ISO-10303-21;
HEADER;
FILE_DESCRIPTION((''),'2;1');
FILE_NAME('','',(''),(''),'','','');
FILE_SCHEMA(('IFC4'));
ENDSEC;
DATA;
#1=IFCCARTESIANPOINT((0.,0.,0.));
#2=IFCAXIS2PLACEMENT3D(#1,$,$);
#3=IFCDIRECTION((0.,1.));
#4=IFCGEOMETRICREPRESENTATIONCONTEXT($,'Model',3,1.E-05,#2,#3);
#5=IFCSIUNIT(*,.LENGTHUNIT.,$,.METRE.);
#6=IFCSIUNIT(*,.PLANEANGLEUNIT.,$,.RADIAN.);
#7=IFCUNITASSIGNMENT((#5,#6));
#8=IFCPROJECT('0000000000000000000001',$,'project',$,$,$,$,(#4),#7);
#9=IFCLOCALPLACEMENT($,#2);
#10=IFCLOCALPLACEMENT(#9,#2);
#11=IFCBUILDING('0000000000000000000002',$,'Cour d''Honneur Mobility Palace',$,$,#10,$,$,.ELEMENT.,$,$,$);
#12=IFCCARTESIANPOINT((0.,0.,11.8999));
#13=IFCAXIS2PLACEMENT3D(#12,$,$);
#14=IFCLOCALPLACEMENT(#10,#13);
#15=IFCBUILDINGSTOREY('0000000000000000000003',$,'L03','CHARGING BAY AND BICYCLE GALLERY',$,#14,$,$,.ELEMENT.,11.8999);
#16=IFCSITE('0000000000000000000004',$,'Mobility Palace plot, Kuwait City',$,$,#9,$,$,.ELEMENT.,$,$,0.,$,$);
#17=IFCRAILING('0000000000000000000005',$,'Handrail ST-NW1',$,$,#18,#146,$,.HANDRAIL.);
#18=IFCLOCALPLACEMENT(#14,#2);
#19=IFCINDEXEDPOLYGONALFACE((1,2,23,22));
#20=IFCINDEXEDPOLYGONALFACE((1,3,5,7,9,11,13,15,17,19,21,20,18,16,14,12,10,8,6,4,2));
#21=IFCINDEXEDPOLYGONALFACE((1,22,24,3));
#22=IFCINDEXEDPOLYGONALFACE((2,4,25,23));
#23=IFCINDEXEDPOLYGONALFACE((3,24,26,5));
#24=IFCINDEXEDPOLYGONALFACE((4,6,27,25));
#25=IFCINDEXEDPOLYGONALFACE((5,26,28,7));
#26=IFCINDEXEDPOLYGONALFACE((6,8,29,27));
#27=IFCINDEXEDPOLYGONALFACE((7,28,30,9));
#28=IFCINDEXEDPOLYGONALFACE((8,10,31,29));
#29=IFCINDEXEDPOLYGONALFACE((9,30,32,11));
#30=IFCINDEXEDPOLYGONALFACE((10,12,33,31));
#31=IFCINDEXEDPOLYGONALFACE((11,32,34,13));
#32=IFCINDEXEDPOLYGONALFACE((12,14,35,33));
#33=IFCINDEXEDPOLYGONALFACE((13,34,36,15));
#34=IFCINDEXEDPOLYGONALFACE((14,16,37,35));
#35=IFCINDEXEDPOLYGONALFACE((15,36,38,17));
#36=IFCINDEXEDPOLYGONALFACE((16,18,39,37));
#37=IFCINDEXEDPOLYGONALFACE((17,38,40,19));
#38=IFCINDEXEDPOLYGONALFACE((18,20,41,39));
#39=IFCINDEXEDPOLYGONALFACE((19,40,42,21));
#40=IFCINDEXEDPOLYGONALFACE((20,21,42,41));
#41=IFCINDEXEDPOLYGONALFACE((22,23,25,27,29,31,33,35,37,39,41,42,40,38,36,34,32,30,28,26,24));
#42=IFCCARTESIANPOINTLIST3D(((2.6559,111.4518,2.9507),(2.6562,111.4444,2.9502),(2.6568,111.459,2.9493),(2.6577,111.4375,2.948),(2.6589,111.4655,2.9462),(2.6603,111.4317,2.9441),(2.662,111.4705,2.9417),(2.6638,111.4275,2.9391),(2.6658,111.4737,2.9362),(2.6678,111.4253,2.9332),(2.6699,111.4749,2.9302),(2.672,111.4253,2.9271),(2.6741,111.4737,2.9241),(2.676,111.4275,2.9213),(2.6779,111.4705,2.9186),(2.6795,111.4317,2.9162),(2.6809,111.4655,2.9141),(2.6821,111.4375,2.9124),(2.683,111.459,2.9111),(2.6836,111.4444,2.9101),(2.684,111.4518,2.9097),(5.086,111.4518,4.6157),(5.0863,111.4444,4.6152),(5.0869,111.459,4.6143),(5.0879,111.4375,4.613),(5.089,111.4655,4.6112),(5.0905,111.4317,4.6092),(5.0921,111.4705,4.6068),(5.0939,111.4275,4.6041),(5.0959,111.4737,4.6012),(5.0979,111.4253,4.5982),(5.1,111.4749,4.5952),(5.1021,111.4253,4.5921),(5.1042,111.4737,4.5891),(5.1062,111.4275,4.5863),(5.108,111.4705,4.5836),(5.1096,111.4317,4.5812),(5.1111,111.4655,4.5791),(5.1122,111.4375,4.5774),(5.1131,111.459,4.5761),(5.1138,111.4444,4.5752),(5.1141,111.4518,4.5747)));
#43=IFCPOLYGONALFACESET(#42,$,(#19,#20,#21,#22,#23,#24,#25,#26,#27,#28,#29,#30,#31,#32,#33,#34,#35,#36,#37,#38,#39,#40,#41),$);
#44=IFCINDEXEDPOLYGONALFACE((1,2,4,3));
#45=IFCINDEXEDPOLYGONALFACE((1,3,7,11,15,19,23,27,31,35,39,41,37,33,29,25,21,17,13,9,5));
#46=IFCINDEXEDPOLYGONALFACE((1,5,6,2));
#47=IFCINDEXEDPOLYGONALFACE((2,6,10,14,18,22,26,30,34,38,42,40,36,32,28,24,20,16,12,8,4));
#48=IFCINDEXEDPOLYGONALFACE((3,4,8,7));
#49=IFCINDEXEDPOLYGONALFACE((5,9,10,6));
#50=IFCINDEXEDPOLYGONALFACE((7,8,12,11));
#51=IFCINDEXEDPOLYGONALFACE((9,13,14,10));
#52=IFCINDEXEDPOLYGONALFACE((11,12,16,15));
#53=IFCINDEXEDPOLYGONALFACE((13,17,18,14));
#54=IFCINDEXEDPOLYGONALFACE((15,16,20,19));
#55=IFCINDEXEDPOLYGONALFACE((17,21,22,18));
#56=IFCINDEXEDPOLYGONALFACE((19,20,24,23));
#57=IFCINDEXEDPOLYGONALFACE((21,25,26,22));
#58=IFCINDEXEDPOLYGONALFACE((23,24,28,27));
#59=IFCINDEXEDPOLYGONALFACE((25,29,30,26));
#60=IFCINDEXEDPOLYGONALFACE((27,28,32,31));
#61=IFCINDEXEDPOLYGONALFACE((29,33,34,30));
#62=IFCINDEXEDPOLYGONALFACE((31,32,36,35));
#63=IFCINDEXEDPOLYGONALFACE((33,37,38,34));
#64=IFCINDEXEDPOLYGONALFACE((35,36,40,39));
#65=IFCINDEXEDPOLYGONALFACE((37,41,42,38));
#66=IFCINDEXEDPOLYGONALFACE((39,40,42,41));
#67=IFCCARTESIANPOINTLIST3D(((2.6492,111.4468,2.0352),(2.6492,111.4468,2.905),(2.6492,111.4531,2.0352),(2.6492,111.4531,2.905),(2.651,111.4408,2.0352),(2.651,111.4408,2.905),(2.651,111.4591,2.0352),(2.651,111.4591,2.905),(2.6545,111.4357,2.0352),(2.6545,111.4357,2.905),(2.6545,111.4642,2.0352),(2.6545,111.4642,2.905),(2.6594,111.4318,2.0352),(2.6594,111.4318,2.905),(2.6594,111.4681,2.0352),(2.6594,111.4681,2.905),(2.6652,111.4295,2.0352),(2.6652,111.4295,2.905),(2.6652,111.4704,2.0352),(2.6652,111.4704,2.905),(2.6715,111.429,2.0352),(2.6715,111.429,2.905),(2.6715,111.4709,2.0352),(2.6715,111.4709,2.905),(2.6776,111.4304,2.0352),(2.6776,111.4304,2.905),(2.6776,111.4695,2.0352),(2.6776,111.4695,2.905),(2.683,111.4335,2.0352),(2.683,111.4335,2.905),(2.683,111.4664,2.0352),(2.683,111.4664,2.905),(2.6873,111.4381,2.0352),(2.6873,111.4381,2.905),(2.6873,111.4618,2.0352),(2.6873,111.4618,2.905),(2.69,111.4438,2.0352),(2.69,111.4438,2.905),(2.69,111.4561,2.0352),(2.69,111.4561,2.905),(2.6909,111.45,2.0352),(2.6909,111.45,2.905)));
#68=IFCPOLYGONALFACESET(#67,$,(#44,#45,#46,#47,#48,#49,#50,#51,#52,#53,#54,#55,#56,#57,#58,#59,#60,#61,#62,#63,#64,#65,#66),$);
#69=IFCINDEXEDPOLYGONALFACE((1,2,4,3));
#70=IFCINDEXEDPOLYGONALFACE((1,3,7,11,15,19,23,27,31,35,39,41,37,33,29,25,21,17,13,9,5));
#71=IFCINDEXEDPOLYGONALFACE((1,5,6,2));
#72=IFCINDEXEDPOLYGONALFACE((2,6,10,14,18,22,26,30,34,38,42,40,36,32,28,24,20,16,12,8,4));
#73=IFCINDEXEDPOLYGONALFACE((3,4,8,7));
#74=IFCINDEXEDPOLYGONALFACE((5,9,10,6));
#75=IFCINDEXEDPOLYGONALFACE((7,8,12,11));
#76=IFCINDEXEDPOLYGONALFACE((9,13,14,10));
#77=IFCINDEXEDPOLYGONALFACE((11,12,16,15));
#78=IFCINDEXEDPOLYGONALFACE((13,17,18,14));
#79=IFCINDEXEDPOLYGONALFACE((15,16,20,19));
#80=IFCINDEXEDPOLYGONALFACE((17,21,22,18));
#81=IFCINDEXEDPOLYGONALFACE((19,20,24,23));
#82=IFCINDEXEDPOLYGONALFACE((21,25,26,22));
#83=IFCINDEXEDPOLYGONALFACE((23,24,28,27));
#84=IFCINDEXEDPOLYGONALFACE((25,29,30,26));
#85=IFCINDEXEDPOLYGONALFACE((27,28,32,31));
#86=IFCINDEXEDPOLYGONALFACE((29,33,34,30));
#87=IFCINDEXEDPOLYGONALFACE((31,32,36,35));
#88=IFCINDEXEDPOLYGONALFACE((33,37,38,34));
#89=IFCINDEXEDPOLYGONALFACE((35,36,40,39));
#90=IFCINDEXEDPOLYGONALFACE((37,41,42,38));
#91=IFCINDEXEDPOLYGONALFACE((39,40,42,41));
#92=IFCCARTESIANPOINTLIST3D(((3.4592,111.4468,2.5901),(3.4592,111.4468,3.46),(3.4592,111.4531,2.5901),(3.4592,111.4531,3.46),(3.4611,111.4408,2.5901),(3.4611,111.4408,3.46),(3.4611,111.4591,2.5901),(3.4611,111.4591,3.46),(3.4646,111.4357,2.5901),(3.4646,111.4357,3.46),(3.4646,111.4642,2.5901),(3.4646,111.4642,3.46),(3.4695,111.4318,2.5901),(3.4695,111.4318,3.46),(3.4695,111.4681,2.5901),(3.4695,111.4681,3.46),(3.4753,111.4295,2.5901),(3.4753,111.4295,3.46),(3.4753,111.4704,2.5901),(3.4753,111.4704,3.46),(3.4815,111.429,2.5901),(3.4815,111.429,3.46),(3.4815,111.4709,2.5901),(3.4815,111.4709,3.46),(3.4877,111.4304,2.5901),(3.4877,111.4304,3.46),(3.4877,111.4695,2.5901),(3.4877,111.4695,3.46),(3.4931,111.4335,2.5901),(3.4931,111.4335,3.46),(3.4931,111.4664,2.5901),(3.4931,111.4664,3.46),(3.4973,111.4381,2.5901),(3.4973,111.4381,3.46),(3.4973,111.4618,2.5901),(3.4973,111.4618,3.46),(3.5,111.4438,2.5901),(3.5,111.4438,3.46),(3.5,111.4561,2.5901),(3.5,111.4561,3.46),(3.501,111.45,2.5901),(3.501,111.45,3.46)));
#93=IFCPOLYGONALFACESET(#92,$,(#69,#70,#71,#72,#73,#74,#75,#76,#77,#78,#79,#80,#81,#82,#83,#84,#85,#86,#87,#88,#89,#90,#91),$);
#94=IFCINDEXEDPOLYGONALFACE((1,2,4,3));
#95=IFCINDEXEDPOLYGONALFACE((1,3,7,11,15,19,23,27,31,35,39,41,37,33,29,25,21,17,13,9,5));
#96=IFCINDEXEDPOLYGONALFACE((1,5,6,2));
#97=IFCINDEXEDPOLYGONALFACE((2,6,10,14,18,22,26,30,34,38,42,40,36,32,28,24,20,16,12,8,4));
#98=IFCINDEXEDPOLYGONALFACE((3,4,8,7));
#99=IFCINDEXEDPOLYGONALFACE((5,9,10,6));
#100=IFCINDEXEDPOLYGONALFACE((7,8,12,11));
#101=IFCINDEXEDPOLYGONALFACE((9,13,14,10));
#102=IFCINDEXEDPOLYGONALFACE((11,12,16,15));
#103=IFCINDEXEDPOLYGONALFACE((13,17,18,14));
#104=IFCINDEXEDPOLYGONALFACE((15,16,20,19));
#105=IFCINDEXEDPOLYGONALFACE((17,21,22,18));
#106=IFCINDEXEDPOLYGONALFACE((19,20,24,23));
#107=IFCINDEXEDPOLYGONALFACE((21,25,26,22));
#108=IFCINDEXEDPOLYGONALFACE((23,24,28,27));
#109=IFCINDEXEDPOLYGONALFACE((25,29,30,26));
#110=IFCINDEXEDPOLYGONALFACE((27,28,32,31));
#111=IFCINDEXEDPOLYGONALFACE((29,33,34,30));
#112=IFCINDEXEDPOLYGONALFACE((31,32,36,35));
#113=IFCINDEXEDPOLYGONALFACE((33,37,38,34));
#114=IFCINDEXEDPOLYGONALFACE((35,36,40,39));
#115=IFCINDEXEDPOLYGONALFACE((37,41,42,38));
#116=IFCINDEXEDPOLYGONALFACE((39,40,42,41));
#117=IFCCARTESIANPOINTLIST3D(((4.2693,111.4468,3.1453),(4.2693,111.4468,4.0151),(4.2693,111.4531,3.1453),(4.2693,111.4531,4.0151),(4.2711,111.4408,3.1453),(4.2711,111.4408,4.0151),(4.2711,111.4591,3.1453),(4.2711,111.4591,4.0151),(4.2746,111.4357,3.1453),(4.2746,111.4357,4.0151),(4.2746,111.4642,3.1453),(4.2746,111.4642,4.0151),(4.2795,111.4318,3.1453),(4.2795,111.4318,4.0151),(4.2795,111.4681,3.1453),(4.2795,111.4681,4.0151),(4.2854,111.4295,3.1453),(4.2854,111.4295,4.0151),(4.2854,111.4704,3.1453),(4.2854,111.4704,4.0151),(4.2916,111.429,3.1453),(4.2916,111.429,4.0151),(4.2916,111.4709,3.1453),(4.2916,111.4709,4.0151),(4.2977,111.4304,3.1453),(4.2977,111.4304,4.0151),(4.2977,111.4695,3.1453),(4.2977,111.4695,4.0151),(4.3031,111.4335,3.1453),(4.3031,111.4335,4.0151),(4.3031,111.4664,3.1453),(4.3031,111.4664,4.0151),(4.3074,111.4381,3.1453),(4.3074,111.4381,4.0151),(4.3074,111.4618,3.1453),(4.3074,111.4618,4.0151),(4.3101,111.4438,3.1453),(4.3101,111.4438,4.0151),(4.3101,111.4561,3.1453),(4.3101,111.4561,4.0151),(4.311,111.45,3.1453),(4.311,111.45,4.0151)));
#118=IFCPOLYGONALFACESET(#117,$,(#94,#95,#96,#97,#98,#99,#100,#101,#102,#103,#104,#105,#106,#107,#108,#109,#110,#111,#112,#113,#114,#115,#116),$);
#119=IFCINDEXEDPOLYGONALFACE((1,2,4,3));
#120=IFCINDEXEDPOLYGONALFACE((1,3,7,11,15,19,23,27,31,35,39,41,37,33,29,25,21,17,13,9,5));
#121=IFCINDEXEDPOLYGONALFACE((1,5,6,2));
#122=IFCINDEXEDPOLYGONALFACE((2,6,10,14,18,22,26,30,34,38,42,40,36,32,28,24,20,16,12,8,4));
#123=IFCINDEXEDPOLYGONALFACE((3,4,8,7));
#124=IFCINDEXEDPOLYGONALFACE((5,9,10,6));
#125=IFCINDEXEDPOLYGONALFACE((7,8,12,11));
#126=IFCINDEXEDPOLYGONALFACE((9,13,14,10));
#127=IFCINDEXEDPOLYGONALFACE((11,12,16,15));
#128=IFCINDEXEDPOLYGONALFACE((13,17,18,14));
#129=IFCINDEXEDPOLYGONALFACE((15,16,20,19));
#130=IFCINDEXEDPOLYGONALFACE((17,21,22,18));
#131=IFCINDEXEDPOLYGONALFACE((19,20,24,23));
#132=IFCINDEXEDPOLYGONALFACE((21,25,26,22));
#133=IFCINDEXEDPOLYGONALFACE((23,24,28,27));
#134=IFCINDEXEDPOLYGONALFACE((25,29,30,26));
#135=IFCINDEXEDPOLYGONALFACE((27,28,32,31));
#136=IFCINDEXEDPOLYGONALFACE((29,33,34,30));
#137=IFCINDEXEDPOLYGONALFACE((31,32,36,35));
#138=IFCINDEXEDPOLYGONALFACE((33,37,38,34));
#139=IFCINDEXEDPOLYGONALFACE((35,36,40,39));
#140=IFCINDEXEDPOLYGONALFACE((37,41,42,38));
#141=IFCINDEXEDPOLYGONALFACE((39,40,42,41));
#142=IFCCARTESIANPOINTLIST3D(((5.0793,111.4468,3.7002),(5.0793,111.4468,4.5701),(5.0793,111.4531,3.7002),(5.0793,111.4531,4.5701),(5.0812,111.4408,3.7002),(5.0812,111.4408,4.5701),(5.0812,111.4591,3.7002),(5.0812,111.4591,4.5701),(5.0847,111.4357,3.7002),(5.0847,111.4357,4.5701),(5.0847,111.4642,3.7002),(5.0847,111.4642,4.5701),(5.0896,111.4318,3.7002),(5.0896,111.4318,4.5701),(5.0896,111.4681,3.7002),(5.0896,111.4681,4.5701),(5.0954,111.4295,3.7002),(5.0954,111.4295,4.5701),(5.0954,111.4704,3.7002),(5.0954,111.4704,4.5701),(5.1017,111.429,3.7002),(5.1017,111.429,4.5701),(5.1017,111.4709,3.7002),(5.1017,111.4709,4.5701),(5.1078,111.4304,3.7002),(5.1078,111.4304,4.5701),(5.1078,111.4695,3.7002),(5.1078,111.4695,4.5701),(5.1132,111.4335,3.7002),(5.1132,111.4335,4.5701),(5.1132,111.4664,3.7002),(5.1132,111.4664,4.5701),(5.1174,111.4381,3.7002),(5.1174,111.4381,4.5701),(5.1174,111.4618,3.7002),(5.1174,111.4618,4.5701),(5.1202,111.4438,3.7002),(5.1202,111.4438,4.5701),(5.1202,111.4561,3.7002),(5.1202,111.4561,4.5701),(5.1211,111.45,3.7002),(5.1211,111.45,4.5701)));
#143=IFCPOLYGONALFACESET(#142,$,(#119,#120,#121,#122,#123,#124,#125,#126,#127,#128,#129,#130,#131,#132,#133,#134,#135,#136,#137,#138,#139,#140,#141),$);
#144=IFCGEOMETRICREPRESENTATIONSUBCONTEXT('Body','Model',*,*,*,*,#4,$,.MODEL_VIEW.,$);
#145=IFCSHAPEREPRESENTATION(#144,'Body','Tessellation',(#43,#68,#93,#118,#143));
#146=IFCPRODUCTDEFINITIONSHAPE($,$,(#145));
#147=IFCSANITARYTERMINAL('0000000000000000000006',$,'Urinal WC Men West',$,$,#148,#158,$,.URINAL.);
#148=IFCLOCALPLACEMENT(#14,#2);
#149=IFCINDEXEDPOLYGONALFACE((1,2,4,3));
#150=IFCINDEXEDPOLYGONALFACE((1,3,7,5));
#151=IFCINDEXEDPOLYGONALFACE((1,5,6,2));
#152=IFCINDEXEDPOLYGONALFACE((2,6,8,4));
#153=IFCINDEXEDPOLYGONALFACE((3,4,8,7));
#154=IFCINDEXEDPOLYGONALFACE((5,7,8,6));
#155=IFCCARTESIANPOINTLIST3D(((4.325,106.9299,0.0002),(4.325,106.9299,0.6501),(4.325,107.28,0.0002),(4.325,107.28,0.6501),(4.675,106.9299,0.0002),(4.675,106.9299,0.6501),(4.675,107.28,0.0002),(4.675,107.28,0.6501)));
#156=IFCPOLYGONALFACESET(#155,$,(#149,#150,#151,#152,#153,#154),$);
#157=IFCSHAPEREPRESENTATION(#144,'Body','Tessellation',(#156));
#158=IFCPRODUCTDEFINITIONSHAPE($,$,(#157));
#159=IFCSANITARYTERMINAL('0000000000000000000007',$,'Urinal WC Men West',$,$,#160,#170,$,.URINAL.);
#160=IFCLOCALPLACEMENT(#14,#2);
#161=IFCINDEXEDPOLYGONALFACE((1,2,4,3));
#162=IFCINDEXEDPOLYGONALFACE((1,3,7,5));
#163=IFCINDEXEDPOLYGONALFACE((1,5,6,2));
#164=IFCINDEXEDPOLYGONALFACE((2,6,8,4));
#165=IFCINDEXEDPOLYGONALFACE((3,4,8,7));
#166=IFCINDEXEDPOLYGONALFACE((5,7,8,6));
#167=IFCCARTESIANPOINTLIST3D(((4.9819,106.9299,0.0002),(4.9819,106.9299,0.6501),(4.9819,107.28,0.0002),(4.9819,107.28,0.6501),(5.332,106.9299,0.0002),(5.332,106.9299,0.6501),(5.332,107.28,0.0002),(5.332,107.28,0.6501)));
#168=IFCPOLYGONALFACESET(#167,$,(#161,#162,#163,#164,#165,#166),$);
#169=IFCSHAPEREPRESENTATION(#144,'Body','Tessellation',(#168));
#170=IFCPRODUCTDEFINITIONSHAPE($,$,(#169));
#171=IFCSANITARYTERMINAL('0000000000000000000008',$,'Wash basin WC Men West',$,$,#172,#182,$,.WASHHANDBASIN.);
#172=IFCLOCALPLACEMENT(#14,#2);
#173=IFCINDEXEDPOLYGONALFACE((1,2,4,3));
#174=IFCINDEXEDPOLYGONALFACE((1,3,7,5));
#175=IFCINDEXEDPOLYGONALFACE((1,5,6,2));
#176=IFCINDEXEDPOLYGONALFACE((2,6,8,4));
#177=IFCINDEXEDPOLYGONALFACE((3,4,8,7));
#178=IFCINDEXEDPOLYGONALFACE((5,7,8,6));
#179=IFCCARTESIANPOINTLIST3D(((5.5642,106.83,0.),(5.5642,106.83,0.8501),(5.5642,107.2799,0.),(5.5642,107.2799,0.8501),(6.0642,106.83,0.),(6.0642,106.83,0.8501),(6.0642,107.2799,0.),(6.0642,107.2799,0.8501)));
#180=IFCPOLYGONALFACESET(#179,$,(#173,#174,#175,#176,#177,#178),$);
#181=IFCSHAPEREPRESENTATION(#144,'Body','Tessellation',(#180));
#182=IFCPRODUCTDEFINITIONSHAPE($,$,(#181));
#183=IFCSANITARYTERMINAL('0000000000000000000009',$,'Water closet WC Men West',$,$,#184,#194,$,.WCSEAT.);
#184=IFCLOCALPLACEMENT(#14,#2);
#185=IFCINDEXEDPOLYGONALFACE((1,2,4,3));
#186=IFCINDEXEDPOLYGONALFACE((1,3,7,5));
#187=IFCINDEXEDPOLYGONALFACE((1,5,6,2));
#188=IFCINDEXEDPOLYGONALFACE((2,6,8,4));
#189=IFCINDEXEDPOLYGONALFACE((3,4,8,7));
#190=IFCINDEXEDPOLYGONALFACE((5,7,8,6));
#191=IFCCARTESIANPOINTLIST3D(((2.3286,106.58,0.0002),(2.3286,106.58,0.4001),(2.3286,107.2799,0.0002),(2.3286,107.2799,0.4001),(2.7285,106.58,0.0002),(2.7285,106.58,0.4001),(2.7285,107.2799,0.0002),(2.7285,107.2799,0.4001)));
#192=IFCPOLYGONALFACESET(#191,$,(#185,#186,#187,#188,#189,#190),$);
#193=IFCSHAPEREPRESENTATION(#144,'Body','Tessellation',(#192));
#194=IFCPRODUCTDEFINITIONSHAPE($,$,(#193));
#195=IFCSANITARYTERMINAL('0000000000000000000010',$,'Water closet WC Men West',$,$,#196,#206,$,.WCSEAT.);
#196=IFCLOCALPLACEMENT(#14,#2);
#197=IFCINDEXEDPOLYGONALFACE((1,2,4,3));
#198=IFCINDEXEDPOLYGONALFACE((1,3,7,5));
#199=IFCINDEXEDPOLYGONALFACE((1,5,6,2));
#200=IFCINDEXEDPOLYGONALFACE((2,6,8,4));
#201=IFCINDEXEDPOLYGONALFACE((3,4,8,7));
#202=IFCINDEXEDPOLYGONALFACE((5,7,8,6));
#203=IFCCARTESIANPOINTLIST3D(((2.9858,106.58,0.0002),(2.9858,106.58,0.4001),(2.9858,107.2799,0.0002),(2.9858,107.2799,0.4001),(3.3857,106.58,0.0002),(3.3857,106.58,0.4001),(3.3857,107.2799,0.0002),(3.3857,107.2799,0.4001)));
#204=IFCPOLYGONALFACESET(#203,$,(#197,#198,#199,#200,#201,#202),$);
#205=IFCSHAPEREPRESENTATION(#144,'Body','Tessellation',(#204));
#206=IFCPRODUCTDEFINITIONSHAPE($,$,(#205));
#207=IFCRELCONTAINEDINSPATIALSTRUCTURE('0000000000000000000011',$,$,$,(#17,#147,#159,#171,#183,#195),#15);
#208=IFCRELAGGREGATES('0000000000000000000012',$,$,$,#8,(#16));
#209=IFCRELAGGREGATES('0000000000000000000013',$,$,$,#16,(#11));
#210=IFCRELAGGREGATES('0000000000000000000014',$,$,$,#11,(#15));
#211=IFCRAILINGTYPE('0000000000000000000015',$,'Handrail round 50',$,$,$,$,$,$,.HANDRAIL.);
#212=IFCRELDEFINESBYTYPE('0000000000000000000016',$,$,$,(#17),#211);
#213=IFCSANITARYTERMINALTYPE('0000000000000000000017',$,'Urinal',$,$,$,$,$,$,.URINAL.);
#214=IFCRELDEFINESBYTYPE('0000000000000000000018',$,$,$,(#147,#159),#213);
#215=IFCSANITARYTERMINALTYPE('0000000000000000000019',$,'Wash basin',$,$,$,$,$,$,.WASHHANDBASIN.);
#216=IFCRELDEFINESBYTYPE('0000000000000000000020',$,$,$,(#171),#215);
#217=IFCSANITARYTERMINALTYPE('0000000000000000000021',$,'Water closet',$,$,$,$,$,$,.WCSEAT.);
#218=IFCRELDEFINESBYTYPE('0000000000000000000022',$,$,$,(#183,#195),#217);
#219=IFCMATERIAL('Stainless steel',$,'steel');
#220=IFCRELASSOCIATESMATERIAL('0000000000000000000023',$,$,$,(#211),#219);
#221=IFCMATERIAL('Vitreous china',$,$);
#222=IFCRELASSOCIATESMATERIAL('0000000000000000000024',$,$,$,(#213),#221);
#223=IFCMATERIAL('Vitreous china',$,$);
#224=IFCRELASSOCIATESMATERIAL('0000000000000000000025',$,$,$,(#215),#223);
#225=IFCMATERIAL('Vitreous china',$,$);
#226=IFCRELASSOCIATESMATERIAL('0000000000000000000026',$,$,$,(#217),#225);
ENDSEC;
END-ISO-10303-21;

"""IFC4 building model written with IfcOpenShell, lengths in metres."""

from ifc_helpers import new_model, si_unit, direction, frame, origin, origin_2d, place, context, subcontext, project, spatial, rectangle, circle, extrude, material, type_object, element, save


model = new_model("IFC4")

# Units and contexts
model_context = context("Model", 3, precision=1e-05, world=origin(), true_north=direction((0.0, 1.0)))
body_context = subcontext(model_context, "Body", "Model", "MODEL_VIEW")
ifc_project = project(units=[si_unit("LENGTHUNIT", "METRE"), si_unit("PLANEANGLEUNIT", "RADIAN")], contexts=[model_context])

# Site, building, storey
site_placement = place(None, origin())
site = spatial("IfcSite", under=ifc_project, at=site_placement, Name="Mobility Palace plot, Kuwait City", CompositionType="ELEMENT", RefElevation=0.0)
building_placement = place(site_placement, origin())
building = spatial("IfcBuilding", under=site, at=building_placement, Name="Cour d'Honneur Mobility Palace", CompositionType="ELEMENT")
storey_placement = place(building_placement, frame((0.0, 0.0, 11.8999)))
storey = spatial("IfcBuildingStorey", under=building, at=storey_placement, Name="L03", Description="CHARGING BAY AND BICYCLE GALLERY", CompositionType="ELEMENT", Elevation=11.8999)

# Railing
ifc_material_1 = material(Name="Stainless steel", Category="steel")
railing_type = type_object("IfcRailingType", Name="Handrail round 50", PredefinedType="HANDRAIL", material=ifc_material_1)
railing_placement = place(storey_placement, frame((2.6699, 111.45, 2.0352)))
element("IfcRailing", 1, at=railing_placement, inside=storey, type_object=railing_type, Name="Handrail ST-NW1", PredefinedType="HANDRAIL", context=body_context, shape_type="SweptSolid", body=[
    extrude(circle(Radius=0.0249, at=origin_2d()), frame((0.0, 0.0, 0.895), z_axis=(0.824945, 0.0, 0.565213), x_axis=(0.0, 1.0, 0.0)), (0.0, 0.0, 1.0), 2.9458),
    extrude(circle(Radius=0.021, at=origin_2d()), origin(), (0.0, 0.0, 1.0), 0.8699),
    extrude(circle(Radius=0.021, at=origin_2d()), frame((0.8101, 0.0, 0.5549)), (0.0, 0.0, 1.0), 0.8699),
    extrude(circle(Radius=0.021, at=origin_2d()), frame((1.6201, 0.0, 1.1101)), (0.0, 0.0, 1.0), 0.8699),
    extrude(circle(Radius=0.021, at=origin_2d()), frame((2.4302, 0.0, 1.665)), (0.0, 0.0, 1.0), 0.8699),
])

# Sanitary terminals
ifc_material_2 = material(Name="Vitreous china")
sanitary_terminal_type_1 = type_object("IfcSanitaryTerminalType", Name="Urinal", PredefinedType="URINAL", material=ifc_material_2)
for number, where, z_axis, x_axis, name in (
    (2, (4.5, 107.105, 0.0002), (0.0, 0.0, 1.0), (1.0, 0.0, 0.0), "Urinal WC Men West"),
    (3, (5.157, 107.105, 0.0002), (0.0, 0.0, 1.0), (1.0, 0.0, 0.0), "Urinal WC Men West"),
):
    element("IfcSanitaryTerminal", number, at=place(storey_placement, frame(where, z_axis=z_axis, x_axis=x_axis)), inside=storey, type_object=sanitary_terminal_type_1, Name=name, PredefinedType="URINAL", context=body_context, shape_type="SweptSolid", body=[
        extrude(rectangle(XDim=0.3501, YDim=0.3501, at=origin_2d()), origin(), (0.0, 0.0, 1.0), 0.6499),
    ])
ifc_material_3 = material(Name="Vitreous china")
sanitary_terminal_type_2 = type_object("IfcSanitaryTerminalType", Name="Wash basin", PredefinedType="WASHHANDBASIN", material=ifc_material_3)
sanitary_terminal_placement = place(storey_placement, frame((5.8142, 107.0549, 0.0), z_axis=(0.0, 0.0, 1.0), x_axis=(1.0, 0.0, 0.0)))
element("IfcSanitaryTerminal", 4, at=sanitary_terminal_placement, inside=storey, type_object=sanitary_terminal_type_2, Name="Wash basin WC Men West", PredefinedType="WASHHANDBASIN", context=body_context, shape_type="SweptSolid", body=[
    extrude(rectangle(XDim=0.5, YDim=0.45, at=origin_2d()), origin(), (0.0, 0.0, 1.0), 0.8501),
])
ifc_material_4 = material(Name="Vitreous china")
sanitary_terminal_type_3 = type_object("IfcSanitaryTerminalType", Name="Water closet", PredefinedType="WCSEAT", material=ifc_material_4)
for number, where, z_axis, x_axis, name in (
    (5, (2.5286, 106.9299, 0.0002), (0.0, 0.0, 1.0), (1.0, 0.0, 0.0), "Water closet WC Men West"),
    (6, (3.1858, 106.9299, 0.0002), (0.0, 0.0, 1.0), (1.0, 0.0, 0.0), "Water closet WC Men West"),
):
    element("IfcSanitaryTerminal", number, at=place(storey_placement, frame(where, z_axis=z_axis, x_axis=x_axis)), inside=storey, type_object=sanitary_terminal_type_3, Name=name, PredefinedType="WCSEAT", context=body_context, shape_type="SweptSolid", body=[
        extrude(rectangle(XDim=0.3999, YDim=0.7, at=origin_2d()), origin(), (0.0, 0.0, 1.0), 0.3999),
    ])

save(model, "model.ifc")
